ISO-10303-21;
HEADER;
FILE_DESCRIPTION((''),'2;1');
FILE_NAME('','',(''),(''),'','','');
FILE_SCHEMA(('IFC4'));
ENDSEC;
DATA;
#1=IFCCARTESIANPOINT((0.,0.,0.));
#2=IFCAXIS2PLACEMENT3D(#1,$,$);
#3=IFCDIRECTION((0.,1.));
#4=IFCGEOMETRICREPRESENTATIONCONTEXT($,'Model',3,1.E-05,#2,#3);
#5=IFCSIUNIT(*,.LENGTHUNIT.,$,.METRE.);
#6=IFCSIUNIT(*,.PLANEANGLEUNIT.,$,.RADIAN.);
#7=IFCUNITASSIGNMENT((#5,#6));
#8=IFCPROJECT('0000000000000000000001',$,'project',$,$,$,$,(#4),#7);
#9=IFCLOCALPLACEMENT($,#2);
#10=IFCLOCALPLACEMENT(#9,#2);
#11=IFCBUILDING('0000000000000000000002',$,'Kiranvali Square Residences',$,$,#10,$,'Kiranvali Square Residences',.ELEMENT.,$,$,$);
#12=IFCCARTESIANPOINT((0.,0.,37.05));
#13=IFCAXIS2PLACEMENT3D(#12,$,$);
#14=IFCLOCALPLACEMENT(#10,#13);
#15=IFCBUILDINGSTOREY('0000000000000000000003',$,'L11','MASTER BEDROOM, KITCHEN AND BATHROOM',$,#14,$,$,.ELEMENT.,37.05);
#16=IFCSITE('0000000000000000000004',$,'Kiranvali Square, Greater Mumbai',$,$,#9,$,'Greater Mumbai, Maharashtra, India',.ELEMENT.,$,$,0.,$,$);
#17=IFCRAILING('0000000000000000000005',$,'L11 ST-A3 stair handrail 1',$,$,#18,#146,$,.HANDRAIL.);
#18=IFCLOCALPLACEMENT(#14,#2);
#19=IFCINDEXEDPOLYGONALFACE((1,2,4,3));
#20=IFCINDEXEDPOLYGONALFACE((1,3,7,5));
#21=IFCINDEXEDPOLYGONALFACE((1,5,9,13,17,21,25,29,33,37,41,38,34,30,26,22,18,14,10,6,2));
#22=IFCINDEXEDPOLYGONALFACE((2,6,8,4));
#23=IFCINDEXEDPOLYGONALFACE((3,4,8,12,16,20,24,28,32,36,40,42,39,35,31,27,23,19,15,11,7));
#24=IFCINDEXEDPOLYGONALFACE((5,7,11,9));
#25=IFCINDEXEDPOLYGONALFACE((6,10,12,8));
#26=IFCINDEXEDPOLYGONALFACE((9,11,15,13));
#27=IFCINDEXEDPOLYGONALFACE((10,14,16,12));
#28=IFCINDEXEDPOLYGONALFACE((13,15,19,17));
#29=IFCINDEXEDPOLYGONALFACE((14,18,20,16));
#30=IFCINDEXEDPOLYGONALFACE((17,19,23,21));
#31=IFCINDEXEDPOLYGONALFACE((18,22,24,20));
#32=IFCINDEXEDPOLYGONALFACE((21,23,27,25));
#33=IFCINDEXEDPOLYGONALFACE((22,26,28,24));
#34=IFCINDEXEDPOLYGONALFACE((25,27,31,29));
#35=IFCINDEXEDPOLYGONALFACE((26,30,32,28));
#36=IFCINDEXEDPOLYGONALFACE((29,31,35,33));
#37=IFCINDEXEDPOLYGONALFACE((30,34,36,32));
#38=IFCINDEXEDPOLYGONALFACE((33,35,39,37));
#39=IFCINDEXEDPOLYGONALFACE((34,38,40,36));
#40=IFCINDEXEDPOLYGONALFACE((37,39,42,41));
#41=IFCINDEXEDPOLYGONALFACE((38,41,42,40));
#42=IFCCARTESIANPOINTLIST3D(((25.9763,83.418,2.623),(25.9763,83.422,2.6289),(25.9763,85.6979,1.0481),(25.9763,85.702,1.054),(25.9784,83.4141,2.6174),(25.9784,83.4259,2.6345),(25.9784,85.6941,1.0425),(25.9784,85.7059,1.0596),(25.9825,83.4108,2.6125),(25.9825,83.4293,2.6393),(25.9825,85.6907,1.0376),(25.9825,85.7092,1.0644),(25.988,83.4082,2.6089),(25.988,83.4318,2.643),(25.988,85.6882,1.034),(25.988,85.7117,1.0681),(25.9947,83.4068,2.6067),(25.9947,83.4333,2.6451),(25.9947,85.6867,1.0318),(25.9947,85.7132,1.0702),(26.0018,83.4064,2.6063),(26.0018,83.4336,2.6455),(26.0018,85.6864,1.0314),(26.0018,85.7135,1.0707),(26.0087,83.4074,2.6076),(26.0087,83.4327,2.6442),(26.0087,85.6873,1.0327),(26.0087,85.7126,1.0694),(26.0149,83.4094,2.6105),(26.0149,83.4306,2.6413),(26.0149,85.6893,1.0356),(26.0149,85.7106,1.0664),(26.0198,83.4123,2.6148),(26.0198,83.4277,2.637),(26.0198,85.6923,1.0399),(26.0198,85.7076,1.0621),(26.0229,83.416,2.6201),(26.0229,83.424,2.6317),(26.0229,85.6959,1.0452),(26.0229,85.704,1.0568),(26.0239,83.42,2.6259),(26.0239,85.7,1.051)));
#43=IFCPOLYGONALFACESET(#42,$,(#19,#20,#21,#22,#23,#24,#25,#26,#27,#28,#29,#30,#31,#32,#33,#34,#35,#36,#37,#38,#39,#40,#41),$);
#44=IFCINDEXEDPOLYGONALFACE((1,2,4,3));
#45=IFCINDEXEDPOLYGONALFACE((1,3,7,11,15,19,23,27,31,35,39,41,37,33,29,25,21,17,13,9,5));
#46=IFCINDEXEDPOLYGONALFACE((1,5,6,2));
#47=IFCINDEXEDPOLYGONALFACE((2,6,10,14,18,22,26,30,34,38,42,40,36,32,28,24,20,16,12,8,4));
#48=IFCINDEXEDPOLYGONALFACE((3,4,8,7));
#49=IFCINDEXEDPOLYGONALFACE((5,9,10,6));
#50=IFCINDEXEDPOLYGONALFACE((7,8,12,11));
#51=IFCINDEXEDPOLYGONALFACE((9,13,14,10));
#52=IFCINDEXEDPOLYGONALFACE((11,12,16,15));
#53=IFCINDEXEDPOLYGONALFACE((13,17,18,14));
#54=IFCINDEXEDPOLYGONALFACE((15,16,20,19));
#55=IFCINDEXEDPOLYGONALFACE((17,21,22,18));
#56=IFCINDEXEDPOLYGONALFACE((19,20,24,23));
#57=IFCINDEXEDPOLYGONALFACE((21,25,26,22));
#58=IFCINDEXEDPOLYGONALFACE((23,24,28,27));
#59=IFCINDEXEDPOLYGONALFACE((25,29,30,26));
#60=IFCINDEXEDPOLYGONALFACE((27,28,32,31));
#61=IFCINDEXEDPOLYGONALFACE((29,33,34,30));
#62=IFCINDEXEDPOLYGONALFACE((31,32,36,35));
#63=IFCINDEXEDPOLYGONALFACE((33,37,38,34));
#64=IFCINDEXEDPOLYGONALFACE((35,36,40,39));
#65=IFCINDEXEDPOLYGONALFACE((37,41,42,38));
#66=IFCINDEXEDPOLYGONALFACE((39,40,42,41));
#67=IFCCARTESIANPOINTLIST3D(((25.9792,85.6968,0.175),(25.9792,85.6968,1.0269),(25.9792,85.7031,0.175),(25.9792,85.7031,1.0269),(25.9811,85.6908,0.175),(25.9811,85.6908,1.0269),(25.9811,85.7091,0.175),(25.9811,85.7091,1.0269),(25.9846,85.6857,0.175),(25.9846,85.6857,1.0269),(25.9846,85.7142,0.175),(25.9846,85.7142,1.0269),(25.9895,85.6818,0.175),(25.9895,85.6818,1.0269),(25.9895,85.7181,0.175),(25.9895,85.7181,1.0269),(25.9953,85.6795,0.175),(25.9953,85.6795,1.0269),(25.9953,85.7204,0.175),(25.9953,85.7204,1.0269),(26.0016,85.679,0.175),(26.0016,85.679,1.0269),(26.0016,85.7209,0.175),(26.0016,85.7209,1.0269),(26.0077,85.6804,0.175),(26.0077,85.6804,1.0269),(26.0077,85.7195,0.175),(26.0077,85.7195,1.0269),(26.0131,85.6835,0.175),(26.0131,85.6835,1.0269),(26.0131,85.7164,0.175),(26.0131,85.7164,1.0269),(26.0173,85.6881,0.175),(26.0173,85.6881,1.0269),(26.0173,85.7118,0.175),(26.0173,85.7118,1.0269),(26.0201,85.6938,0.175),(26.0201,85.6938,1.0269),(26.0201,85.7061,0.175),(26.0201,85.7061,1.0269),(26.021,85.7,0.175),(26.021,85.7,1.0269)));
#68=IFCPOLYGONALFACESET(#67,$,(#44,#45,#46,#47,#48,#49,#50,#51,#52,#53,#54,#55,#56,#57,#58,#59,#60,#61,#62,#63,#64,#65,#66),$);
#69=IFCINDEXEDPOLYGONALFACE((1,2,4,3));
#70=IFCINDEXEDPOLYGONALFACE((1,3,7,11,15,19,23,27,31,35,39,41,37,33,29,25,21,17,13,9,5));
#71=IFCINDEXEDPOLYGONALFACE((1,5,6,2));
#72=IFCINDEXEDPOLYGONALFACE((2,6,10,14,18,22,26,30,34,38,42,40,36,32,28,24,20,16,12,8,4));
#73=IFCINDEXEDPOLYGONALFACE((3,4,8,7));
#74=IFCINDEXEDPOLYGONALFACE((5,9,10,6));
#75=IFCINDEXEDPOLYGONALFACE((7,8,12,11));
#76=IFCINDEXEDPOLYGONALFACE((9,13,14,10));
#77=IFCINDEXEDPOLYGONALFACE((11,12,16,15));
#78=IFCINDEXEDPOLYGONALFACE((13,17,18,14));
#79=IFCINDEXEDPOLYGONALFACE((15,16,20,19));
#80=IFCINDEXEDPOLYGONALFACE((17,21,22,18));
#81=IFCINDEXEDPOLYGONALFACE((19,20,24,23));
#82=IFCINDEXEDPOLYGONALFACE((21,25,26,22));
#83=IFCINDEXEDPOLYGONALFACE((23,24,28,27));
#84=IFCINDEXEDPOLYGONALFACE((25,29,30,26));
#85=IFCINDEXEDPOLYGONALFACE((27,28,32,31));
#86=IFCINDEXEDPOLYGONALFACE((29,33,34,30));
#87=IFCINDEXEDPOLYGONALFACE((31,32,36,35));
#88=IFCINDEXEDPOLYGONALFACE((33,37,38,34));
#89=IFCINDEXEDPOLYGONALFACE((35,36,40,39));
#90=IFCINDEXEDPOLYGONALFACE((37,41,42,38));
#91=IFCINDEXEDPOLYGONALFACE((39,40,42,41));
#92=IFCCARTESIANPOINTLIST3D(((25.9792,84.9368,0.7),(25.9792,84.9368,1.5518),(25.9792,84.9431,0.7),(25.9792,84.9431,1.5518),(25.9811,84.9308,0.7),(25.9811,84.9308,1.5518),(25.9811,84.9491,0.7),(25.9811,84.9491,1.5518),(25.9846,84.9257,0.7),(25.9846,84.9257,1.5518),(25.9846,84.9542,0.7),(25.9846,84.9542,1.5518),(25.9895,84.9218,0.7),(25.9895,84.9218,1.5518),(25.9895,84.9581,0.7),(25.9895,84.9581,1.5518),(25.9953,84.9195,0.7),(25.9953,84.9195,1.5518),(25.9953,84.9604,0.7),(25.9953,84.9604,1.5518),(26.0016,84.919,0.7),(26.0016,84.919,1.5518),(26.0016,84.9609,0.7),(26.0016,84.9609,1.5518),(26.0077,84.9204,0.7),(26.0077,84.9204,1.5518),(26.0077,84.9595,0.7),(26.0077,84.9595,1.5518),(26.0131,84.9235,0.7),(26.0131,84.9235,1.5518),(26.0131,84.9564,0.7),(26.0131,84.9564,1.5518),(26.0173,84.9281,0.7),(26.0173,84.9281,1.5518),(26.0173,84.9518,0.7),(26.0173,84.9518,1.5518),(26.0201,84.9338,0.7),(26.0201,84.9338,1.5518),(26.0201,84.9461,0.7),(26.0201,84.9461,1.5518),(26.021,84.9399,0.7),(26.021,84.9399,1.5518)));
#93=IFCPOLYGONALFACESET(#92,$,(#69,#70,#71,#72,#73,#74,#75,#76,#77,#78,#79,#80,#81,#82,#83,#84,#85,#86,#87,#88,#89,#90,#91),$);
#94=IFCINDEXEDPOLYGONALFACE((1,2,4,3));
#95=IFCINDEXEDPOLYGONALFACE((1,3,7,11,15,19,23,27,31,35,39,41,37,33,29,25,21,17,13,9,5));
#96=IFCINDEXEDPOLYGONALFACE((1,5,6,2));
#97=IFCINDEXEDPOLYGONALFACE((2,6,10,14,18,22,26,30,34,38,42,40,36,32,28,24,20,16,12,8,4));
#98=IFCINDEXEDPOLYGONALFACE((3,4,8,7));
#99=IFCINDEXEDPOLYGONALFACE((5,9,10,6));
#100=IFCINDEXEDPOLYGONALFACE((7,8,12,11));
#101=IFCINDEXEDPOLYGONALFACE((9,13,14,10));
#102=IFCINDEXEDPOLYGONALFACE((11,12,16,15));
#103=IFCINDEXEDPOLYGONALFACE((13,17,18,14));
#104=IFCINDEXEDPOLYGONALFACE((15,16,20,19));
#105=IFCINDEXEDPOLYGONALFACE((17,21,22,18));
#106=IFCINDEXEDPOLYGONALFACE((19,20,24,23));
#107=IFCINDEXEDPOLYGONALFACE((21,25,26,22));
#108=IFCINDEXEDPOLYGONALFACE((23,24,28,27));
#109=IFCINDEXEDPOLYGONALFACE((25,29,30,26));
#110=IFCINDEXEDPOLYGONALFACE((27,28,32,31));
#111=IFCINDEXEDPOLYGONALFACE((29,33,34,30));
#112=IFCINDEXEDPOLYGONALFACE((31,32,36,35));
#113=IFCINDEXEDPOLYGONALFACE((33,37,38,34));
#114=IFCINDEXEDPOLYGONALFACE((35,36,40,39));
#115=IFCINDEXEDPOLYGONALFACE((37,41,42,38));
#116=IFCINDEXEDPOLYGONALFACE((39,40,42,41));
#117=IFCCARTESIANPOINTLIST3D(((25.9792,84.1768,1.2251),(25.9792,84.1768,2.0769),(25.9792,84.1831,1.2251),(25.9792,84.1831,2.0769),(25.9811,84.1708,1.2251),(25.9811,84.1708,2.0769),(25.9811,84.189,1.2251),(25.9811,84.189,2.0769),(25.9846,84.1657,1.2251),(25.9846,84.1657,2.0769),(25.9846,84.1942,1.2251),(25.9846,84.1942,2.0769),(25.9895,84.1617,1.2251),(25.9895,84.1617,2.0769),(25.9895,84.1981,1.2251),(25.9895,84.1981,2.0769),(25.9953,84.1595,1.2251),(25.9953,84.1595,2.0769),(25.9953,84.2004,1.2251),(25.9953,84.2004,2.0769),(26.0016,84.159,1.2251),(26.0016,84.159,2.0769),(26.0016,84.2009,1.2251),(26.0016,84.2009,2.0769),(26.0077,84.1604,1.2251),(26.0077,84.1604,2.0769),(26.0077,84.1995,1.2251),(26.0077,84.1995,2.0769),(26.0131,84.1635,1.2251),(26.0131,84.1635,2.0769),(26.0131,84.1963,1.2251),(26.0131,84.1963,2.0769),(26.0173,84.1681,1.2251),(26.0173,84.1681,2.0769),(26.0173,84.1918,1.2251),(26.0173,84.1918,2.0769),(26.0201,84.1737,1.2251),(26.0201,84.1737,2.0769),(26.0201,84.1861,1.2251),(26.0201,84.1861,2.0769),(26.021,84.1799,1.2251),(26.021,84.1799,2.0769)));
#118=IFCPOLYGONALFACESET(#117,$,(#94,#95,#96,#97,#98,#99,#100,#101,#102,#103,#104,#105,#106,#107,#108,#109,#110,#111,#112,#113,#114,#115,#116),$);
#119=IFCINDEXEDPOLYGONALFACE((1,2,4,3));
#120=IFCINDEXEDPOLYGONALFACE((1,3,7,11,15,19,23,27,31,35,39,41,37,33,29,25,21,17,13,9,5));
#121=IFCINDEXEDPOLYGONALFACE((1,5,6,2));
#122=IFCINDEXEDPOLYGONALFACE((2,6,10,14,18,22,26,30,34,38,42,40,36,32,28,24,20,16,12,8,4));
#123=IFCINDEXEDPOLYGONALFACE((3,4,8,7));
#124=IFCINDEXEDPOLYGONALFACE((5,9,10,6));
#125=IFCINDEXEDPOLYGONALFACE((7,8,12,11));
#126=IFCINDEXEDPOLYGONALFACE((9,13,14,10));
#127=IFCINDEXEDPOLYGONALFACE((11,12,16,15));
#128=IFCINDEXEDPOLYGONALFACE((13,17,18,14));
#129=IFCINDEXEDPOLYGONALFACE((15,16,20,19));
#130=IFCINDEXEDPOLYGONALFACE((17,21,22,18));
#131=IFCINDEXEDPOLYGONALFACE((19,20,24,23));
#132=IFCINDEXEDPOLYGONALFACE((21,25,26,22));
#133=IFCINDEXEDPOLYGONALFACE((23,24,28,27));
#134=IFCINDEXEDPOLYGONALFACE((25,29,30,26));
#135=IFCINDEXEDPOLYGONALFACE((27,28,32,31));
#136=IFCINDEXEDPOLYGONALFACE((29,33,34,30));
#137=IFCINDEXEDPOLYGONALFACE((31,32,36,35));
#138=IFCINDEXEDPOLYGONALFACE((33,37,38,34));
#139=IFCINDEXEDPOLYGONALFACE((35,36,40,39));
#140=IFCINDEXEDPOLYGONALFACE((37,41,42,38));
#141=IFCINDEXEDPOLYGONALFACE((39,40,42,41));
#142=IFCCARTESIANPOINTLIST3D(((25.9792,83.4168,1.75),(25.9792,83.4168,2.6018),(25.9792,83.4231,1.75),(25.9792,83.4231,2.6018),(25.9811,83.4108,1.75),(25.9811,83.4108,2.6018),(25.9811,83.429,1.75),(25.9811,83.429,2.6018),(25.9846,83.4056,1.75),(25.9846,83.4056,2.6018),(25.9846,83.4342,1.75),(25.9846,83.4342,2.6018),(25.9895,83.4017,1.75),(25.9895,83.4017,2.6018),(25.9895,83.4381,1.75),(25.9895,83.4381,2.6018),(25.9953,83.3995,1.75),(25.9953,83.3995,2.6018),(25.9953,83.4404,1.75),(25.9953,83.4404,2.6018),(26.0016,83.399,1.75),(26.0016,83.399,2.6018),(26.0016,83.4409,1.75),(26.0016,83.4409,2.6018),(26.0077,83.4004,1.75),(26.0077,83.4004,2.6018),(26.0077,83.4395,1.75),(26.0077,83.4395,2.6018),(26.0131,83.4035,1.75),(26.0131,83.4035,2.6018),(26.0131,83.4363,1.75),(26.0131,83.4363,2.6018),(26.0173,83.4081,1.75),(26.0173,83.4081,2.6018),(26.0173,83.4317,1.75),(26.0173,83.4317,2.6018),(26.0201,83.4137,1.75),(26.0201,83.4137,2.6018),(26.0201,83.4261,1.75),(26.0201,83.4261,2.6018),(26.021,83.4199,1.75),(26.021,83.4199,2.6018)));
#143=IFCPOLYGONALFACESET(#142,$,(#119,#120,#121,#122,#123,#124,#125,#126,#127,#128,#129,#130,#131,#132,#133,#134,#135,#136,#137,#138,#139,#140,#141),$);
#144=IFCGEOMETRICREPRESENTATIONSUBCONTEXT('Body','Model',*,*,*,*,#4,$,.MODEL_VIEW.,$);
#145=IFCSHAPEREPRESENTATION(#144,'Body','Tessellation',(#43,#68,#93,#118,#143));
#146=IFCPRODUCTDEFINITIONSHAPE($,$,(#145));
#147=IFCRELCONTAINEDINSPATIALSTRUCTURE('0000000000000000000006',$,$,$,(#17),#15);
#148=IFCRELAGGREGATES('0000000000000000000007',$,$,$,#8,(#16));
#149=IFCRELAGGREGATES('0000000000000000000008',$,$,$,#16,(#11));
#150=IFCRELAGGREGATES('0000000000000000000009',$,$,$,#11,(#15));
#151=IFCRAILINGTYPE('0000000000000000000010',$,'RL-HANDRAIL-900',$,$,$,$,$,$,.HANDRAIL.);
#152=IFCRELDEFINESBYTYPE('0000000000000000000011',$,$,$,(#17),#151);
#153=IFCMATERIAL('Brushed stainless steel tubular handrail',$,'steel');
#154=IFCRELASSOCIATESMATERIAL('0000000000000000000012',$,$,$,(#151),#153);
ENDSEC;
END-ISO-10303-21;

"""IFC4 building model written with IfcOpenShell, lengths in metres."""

from ifc_helpers import new_model, si_unit, direction, frame, origin, origin_2d, place, context, subcontext, project, spatial, circle, extrude, material, type_object, element, save


model = new_model("IFC4")

# Units and contexts
model_context = context("Model", 3, precision=1e-05, world=origin(), true_north=direction((0.0, 1.0)))
body_context = subcontext(model_context, "Body", "Model", "MODEL_VIEW")
ifc_project = project(units=[si_unit("LENGTHUNIT", "METRE"), si_unit("PLANEANGLEUNIT", "RADIAN")], contexts=[model_context])

# Site, building, storey
site_placement = place(None, origin())
site = spatial("IfcSite", under=ifc_project, at=site_placement, Name="Kiranvali Square, Greater Mumbai", LongName="Greater Mumbai, Maharashtra, India", CompositionType="ELEMENT", RefElevation=0.0)
building_placement = place(site_placement, origin())
building = spatial("IfcBuilding", under=site, at=building_placement, Name="Kiranvali Square Residences", LongName="Kiranvali Square Residences", CompositionType="ELEMENT")
storey_placement = place(building_placement, frame((0.0, 0.0, 37.05)))
storey = spatial("IfcBuildingStorey", under=building, at=storey_placement, Name="L11", Description="MASTER BEDROOM, KITCHEN AND BATHROOM", CompositionType="ELEMENT", Elevation=37.05)

# Railing
ifc_material_1 = material(Name="Brushed stainless steel tubular handrail", Category="steel")
railing_type_1 = type_object("IfcRailingType", Name="RL-HANDRAIL-900", PredefinedType="HANDRAIL", material=ifc_material_1)
railing_1_placement = place(storey_placement, frame((26.0, 85.7, 0.175)))
element("IfcRailing", 1, at=railing_1_placement, inside=storey, type_object=railing_type_1, Name="L11 ST-A3 stair handrail 1", PredefinedType="HANDRAIL", context=body_context, shape_type="SweptSolid", body=[
    extrude(circle(Radius=0.0239, at=origin_2d()), frame((0.0, 0.0, 0.876), z_axis=(0.0, -0.822788, 0.568348), x_axis=(1.0, 0.0, 0.0)), (0.0, 0.0, 1.0), 2.771),
    extrude(circle(Radius=0.021, at=origin_2d()), origin(), (0.0, 0.0, 1.0), 0.8518),
    extrude(circle(Radius=0.021, at=origin_2d()), frame((0.0, -0.76, 0.5249)), (0.0, 0.0, 1.0), 0.8518),
    extrude(circle(Radius=0.021, at=origin_2d()), frame((0.0, -1.52, 1.05)), (0.0, 0.0, 1.0), 0.8518),
    extrude(circle(Radius=0.021, at=origin_2d()), frame((0.0, -2.28, 1.575)), (0.0, 0.0, 1.0), 0.8518),
])

save(model, "model.ifc")
